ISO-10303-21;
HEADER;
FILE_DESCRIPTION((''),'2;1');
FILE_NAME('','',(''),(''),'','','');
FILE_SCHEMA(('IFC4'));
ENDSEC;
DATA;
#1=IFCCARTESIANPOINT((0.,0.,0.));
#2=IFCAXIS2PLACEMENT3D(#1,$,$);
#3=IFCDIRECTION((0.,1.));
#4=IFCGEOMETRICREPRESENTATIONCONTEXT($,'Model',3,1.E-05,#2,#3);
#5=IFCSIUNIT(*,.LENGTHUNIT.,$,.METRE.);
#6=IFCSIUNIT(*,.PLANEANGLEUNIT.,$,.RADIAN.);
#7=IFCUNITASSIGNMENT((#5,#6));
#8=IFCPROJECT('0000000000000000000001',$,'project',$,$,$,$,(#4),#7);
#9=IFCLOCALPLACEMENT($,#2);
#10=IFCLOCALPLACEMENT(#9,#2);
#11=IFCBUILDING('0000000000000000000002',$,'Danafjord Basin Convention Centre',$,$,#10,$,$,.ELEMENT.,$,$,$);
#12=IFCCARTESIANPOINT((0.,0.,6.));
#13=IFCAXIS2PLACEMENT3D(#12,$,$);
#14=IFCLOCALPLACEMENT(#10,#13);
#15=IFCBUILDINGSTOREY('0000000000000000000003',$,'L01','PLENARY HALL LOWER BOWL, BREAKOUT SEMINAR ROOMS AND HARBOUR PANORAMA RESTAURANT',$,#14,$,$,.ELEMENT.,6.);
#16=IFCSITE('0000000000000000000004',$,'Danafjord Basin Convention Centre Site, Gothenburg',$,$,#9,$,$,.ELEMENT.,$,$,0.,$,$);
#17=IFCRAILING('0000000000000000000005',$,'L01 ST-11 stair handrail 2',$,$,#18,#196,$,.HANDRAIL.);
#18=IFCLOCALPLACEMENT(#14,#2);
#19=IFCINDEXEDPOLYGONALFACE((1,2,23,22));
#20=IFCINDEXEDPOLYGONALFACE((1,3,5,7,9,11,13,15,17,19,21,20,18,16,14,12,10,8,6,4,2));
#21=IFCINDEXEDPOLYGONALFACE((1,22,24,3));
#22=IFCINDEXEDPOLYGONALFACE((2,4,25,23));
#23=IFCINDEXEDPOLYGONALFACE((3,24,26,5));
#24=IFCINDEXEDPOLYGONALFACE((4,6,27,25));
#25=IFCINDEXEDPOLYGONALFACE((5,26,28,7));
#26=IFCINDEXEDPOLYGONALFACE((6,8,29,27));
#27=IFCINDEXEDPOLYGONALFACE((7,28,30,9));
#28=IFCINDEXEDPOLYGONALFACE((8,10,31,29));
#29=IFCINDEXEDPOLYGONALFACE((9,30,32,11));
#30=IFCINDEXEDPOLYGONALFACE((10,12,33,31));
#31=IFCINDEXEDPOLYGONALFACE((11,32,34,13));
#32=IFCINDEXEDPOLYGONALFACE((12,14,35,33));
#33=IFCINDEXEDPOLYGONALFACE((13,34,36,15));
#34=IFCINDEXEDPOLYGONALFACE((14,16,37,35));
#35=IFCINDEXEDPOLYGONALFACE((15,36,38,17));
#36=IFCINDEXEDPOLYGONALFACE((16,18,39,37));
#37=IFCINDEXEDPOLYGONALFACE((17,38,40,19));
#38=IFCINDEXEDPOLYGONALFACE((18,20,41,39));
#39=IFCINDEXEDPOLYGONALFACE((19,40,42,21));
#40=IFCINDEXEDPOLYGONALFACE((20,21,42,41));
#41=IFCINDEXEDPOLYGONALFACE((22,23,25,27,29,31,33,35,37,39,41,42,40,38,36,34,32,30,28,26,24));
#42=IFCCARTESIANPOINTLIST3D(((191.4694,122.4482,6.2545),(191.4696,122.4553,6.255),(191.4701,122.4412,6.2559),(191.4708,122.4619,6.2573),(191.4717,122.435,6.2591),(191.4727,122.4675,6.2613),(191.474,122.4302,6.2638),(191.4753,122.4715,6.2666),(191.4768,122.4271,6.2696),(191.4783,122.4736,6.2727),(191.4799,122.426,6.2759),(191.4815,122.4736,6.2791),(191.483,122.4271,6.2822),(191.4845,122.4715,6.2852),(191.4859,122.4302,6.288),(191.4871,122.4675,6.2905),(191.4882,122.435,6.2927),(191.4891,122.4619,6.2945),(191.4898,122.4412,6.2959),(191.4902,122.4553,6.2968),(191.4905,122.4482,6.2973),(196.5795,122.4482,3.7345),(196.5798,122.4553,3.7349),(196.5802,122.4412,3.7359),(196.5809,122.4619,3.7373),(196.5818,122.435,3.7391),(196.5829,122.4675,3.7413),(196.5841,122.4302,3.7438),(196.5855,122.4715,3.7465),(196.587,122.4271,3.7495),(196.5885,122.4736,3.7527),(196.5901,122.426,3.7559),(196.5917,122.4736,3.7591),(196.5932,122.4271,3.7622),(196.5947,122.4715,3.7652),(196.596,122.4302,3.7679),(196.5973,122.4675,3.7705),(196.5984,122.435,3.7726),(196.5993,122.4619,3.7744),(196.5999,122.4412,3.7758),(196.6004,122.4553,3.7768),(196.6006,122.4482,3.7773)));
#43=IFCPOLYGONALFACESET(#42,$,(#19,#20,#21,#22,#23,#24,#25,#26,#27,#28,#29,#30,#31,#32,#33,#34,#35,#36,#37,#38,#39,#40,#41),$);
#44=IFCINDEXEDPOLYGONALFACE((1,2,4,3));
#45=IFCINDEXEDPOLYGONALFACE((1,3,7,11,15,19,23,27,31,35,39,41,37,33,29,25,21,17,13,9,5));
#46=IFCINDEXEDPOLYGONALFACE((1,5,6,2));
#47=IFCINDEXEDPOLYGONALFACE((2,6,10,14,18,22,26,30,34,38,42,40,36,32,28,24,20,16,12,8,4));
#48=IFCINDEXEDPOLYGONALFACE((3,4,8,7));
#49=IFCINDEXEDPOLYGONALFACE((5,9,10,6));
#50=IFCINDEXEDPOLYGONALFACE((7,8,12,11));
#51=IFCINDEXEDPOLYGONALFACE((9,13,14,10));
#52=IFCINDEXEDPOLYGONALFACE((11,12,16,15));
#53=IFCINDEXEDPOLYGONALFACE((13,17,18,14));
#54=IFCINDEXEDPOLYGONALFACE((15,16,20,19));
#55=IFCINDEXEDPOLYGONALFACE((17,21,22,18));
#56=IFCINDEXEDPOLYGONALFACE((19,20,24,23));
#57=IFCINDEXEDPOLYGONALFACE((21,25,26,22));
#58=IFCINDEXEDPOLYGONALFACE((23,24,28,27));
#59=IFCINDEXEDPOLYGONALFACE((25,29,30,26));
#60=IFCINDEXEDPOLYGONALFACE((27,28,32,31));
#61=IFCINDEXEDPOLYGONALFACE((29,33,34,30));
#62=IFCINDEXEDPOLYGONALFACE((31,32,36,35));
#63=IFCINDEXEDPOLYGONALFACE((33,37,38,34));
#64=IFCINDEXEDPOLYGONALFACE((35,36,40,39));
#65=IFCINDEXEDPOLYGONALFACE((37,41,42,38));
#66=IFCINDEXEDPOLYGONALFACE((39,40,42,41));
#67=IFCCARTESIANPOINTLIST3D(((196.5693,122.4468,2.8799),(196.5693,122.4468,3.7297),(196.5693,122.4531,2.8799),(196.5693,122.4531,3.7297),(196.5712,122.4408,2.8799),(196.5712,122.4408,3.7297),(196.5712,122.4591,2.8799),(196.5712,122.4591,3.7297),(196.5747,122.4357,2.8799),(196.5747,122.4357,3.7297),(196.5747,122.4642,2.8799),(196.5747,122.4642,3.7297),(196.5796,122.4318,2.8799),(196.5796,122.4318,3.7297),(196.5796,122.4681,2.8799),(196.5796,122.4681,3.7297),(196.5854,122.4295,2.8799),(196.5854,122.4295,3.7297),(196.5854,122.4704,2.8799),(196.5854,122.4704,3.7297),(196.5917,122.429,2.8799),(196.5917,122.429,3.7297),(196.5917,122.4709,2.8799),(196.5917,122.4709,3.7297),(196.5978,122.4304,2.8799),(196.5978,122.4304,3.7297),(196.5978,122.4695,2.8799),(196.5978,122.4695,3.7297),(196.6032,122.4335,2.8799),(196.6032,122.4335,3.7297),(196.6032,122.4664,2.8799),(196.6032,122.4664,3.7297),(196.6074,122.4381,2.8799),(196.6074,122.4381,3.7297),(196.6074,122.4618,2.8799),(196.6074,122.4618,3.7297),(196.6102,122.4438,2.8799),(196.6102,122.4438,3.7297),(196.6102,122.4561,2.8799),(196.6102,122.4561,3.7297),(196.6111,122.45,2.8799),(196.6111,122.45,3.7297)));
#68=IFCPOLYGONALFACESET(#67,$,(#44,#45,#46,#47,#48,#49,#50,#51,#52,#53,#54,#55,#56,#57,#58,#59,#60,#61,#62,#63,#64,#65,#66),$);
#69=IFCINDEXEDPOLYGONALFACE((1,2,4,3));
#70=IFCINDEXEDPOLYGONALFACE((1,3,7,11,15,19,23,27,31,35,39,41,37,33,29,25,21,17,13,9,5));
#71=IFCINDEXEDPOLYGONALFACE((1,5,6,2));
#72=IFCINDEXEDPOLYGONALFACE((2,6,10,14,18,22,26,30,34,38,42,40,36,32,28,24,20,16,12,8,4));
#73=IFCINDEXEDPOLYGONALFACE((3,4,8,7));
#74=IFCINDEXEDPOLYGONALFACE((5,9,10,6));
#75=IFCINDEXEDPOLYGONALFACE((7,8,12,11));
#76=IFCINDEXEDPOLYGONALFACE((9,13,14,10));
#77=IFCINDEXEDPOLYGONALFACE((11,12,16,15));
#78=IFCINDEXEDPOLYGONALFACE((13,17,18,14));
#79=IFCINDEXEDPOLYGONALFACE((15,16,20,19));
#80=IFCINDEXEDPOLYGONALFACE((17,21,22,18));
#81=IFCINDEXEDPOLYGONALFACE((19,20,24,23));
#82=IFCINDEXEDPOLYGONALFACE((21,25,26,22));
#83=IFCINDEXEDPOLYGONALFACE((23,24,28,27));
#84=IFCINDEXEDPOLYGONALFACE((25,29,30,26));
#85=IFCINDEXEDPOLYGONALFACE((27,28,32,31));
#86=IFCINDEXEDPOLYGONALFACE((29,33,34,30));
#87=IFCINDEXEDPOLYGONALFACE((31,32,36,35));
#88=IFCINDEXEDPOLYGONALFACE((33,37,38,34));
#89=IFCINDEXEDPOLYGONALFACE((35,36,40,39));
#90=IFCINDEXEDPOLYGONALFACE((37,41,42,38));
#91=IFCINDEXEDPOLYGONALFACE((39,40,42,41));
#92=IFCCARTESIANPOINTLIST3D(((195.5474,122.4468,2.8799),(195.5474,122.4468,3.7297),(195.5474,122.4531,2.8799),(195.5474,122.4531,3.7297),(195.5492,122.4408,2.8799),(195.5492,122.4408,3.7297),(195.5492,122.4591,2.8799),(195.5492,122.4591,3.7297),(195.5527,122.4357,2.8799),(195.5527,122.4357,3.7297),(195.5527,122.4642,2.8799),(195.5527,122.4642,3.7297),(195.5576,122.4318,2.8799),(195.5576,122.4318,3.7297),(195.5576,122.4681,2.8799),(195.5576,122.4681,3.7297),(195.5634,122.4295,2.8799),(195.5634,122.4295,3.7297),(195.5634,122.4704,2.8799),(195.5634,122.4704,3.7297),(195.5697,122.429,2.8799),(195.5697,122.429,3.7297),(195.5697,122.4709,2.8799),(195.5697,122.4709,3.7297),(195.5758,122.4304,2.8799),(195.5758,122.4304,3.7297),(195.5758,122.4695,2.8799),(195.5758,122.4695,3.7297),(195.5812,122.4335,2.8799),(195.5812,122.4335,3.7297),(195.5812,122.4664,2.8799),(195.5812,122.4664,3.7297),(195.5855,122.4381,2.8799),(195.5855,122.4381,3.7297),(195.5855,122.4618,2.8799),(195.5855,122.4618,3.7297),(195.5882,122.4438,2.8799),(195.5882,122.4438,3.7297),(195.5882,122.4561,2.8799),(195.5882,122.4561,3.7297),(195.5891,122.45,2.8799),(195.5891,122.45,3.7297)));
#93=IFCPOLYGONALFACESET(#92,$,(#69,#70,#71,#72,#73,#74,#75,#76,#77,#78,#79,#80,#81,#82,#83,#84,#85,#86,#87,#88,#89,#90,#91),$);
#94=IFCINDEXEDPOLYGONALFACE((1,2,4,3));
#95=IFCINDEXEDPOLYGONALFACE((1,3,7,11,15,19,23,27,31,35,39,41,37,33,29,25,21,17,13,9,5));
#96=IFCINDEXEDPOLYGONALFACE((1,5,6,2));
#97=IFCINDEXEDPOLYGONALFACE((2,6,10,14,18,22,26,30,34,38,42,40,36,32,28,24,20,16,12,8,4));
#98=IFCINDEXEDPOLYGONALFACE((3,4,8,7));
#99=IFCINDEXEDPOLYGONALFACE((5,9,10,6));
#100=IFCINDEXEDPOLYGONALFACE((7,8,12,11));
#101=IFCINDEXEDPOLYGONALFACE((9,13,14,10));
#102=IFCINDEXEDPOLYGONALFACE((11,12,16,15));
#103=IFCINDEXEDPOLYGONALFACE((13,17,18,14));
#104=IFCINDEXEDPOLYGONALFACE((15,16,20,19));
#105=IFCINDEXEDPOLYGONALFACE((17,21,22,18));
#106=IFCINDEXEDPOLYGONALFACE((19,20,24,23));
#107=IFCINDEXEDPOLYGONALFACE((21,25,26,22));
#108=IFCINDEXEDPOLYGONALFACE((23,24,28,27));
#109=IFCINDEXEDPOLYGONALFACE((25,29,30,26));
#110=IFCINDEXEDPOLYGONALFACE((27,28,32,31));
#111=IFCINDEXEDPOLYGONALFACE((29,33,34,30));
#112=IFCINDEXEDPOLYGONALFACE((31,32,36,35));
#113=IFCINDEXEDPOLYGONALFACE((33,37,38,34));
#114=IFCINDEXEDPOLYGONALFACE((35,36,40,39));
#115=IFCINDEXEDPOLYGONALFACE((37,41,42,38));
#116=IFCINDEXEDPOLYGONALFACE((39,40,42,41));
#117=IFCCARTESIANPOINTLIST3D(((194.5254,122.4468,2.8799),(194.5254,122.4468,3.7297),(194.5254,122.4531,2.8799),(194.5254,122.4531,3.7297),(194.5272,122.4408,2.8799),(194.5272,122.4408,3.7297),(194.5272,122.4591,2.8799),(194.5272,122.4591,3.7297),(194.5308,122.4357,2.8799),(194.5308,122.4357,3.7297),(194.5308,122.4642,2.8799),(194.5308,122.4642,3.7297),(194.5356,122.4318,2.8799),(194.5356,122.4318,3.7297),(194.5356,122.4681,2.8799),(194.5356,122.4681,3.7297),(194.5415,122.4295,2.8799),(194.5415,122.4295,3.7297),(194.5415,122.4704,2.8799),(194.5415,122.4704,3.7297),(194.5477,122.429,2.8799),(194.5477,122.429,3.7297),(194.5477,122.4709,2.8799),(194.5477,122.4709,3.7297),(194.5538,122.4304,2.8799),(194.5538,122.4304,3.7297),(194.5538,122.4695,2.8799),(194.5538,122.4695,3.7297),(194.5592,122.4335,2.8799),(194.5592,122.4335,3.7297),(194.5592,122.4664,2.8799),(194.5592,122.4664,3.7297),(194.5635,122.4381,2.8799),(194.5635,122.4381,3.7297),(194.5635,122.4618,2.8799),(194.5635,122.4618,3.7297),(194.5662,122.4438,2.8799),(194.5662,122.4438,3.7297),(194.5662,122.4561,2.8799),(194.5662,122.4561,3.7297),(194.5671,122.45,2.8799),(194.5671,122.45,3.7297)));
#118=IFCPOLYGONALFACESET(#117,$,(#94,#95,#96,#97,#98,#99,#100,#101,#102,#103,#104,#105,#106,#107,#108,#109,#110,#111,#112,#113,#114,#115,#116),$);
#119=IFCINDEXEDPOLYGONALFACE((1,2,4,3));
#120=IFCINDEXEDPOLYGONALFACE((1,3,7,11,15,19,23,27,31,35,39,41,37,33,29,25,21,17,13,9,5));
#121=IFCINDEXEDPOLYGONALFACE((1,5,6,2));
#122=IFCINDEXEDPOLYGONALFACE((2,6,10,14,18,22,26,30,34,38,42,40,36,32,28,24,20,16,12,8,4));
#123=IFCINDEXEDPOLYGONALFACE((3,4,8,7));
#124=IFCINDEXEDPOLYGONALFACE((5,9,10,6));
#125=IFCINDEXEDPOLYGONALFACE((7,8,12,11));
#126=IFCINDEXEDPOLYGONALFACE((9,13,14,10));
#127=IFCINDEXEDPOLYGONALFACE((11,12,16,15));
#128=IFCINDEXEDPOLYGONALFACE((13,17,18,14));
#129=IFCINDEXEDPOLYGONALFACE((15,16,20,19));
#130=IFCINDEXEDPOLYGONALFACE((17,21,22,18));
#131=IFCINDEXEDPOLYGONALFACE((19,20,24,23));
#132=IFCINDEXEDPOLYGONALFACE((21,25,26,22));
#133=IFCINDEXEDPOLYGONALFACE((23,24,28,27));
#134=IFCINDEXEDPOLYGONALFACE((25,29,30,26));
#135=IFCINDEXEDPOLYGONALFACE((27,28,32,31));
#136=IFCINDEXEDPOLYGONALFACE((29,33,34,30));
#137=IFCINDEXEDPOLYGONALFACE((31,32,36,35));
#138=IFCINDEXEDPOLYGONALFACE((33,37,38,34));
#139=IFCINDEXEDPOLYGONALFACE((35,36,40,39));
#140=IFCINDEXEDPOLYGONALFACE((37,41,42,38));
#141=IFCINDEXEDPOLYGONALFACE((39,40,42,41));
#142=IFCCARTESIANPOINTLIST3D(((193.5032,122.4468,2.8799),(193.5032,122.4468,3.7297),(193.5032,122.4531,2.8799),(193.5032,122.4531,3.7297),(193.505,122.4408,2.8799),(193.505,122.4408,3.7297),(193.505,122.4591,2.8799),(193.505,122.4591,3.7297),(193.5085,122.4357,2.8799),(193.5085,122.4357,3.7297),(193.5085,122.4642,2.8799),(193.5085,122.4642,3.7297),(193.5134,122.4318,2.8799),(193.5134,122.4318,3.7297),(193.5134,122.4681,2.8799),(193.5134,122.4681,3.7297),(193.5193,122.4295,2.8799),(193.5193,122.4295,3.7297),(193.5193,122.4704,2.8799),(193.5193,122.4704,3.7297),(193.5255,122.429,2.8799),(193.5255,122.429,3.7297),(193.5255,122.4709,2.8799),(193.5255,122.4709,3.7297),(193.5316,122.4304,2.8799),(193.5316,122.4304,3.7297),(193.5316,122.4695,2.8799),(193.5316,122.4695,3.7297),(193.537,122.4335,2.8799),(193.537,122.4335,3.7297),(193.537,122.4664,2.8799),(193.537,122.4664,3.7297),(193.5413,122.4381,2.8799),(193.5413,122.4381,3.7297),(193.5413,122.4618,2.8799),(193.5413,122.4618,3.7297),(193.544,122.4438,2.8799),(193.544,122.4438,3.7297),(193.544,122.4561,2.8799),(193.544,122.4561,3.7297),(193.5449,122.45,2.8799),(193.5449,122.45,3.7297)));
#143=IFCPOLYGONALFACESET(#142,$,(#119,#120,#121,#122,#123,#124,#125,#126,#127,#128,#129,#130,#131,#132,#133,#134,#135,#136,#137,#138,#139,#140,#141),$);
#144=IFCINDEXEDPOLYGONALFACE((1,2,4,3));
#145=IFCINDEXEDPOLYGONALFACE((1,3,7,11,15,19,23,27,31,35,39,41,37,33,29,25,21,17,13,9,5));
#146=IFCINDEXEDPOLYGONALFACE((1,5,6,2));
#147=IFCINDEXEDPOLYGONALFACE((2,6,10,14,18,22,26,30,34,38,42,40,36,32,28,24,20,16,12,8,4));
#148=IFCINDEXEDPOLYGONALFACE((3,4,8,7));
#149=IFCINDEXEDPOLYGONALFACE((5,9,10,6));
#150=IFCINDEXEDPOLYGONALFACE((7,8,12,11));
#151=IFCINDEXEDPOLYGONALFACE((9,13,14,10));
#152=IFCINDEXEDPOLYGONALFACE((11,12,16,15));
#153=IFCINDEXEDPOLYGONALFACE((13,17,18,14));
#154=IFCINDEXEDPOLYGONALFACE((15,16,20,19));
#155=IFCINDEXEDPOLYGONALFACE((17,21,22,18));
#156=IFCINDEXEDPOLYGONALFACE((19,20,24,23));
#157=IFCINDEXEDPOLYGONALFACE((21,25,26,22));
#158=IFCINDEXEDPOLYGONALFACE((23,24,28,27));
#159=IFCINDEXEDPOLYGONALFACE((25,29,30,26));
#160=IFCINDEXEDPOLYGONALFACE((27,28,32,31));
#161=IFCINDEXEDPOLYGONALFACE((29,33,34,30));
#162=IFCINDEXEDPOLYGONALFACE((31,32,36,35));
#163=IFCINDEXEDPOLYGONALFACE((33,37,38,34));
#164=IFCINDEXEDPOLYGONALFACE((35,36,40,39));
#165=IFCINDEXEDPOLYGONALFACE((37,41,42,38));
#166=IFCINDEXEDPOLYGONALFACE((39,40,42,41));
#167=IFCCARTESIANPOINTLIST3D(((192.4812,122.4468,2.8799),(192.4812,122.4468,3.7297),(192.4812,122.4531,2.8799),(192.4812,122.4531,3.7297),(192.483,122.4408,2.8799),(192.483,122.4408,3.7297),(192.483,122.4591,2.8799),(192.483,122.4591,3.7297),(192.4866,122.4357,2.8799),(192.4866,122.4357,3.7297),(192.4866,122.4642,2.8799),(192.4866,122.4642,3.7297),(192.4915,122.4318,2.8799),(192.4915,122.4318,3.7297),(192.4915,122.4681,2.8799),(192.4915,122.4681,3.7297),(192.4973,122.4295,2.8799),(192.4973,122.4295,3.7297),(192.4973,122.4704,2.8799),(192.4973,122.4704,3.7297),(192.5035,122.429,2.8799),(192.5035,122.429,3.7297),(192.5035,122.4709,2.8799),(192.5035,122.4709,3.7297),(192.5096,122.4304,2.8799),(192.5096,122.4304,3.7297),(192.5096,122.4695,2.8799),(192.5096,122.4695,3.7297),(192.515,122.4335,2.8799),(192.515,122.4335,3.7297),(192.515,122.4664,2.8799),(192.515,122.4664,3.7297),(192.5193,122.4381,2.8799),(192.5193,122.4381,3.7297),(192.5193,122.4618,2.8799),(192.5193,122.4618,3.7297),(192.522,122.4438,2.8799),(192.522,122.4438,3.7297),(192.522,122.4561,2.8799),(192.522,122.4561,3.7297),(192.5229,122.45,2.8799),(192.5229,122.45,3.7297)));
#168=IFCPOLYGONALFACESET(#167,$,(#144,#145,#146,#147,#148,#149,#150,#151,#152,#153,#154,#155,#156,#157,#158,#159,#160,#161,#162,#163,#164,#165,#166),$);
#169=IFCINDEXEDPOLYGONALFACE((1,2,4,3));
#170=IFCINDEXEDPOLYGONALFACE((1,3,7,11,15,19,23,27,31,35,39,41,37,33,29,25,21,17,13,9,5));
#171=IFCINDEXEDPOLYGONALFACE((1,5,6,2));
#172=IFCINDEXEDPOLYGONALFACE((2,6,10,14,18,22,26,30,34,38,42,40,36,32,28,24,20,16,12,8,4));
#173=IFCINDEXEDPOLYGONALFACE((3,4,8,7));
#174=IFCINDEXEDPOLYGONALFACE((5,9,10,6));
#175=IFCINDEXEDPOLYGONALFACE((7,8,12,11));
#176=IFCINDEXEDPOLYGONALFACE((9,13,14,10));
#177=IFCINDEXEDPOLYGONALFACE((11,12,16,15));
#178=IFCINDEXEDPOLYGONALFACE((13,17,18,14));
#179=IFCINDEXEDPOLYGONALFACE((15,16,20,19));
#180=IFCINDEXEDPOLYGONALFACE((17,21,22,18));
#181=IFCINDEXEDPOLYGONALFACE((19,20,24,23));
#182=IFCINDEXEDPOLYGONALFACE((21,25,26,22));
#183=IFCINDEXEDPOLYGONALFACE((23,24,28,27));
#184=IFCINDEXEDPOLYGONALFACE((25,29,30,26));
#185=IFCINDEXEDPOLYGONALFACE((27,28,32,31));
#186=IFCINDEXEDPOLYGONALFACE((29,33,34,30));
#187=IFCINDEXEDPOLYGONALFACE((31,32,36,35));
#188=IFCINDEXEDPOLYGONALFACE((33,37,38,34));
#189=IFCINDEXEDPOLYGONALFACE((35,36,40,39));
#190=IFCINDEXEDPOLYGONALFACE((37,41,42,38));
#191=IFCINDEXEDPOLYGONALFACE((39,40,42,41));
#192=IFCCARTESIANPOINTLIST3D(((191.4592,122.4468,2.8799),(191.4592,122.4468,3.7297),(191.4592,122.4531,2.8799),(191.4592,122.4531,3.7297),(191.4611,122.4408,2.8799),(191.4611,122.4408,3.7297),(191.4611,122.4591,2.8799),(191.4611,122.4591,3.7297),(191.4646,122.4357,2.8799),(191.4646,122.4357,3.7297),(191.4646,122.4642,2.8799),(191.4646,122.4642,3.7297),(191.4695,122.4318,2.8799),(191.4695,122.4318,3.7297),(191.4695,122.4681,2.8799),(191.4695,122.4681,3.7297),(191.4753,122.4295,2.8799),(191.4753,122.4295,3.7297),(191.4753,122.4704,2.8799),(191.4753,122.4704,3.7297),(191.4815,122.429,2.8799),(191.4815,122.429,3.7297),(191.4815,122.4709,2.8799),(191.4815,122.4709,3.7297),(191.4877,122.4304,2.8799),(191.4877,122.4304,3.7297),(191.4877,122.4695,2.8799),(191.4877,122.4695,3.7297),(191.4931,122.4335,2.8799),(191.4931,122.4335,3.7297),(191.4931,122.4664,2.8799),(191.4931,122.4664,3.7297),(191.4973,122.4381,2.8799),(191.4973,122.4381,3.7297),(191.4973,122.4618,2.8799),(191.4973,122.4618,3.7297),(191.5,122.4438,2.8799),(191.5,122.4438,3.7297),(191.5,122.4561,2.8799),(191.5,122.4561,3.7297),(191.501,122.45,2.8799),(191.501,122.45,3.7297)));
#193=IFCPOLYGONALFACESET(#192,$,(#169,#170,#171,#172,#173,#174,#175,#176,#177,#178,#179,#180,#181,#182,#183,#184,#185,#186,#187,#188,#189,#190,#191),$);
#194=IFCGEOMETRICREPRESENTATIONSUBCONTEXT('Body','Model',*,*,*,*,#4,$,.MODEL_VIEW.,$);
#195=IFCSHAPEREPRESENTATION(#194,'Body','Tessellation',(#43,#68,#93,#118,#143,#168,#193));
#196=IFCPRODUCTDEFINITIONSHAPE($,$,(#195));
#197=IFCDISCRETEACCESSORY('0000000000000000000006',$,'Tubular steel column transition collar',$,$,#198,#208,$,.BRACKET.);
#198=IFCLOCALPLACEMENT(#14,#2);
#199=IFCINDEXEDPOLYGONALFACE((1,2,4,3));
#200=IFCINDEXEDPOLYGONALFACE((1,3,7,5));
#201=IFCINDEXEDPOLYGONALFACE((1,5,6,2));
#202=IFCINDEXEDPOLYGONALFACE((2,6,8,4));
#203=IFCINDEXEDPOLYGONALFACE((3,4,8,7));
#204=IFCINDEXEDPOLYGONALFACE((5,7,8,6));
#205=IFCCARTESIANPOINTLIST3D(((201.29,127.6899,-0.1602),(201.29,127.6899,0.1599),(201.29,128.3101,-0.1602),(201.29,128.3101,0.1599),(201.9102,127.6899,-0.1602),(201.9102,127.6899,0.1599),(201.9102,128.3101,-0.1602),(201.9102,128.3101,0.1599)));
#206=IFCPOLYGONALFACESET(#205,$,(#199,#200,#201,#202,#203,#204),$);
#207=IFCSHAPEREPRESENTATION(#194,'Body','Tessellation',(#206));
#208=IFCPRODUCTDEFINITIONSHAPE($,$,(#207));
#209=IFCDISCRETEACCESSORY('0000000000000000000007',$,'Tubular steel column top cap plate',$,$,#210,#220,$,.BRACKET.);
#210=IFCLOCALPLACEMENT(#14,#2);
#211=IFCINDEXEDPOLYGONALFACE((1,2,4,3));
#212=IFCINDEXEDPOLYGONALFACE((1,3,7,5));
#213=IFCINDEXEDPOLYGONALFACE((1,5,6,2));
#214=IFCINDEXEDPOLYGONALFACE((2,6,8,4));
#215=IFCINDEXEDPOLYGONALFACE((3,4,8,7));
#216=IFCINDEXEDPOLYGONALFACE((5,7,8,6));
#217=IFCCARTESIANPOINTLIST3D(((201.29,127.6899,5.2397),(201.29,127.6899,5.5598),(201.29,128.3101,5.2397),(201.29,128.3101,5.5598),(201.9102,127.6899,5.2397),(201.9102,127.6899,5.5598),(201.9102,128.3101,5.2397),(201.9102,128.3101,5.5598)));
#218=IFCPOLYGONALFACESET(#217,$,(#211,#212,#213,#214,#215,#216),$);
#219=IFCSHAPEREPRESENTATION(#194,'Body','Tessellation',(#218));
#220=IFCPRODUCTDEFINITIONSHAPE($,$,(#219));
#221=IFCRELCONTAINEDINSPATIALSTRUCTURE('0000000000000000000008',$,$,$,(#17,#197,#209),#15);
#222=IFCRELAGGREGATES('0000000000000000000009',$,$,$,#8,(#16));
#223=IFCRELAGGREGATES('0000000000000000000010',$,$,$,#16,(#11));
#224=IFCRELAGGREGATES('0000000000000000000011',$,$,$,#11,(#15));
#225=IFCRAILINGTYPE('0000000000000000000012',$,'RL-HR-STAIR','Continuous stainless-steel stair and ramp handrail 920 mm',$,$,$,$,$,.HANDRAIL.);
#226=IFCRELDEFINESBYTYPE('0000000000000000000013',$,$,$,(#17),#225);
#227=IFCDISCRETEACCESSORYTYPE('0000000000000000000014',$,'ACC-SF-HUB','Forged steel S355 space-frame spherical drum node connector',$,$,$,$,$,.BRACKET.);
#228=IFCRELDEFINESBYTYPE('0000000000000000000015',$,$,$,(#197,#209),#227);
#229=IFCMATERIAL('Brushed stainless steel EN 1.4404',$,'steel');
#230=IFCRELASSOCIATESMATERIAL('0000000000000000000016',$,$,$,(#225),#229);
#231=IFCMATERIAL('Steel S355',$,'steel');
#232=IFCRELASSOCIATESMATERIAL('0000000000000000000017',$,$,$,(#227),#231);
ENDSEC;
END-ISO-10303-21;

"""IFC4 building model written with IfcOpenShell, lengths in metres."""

from ifc_helpers import new_model, si_unit, direction, frame, origin, origin_2d, place, context, subcontext, project, spatial, rectangle, circle, extrude, material, type_object, element, save


model = new_model("IFC4")

# Units and contexts
model_context = context("Model", 3, precision=1e-05, world=origin(), true_north=direction((0.0, 1.0)))
body_context = subcontext(model_context, "Body", "Model", "MODEL_VIEW")
ifc_project = project(units=[si_unit("LENGTHUNIT", "METRE"), si_unit("PLANEANGLEUNIT", "RADIAN")], contexts=[model_context])

# Site, building, storey
site_placement = place(None, origin())
site = spatial("IfcSite", under=ifc_project, at=site_placement, Name="Danafjord Basin Convention Centre Site, Gothenburg", CompositionType="ELEMENT", RefElevation=0.0)
building_placement = place(site_placement, origin())
building = spatial("IfcBuilding", under=site, at=building_placement, Name="Danafjord Basin Convention Centre", CompositionType="ELEMENT")
storey_placement = place(building_placement, frame((0.0, 0.0, 6.0)))
storey = spatial("IfcBuildingStorey", under=building, at=storey_placement, Name="L01", Description="PLENARY HALL LOWER BOWL, BREAKOUT SEMINAR ROOMS AND HARBOUR PANORAMA RESTAURANT", CompositionType="ELEMENT", Elevation=6.0)

# Shared definitions
ifc_material_1 = material(Name="Steel S355", Category="steel")

# Railing
ifc_material_2 = material(Name="Brushed stainless steel EN 1.4404", Category="steel")
railing_type_1 = type_object("IfcRailingType", Name="RL-HR-STAIR", Description="Continuous stainless-steel stair and ramp handrail 920 mm", PredefinedType="HANDRAIL", material=ifc_material_2)
railing_1_placement = place(storey_placement, frame((196.5901, 122.45, 2.8799)))
element("IfcRailing", 1, at=railing_1_placement, inside=storey, type_object=railing_type_1, Name="L01 ST-11 stair handrail 2", PredefinedType="HANDRAIL", context=body_context, shape_type="SweptSolid", body=[
    extrude(circle(Radius=0.0239, at=origin_2d()), frame((0.0, 0.0, 0.876), z_axis=(-0.896873, 0.0, 0.442288), x_axis=(0.0, -1.0, 0.0)), (0.0, 0.0, 1.0), 5.6978),
    extrude(circle(Radius=0.021, at=origin_2d()), origin(), (0.0, 0.0, 1.0), 0.8499),
    extrude(circle(Radius=0.021, at=origin_2d()), frame((-1.022, 0.0, 0.0)), (0.0, 0.0, 1.0), 0.8499),
    extrude(circle(Radius=0.021, at=origin_2d()), frame((-2.0439, 0.0, 0.0)), (0.0, 0.0, 1.0), 0.8499),
    extrude(circle(Radius=0.021, at=origin_2d()), frame((-3.0662, 0.0, 0.0)), (0.0, 0.0, 1.0), 0.8499),
    extrude(circle(Radius=0.021, at=origin_2d()), frame((-4.0881, 0.0, 0.0)), (0.0, 0.0, 1.0), 0.8499),
    extrude(circle(Radius=0.021, at=origin_2d()), frame((-5.1101, 0.0, 0.0)), (0.0, 0.0, 1.0), 0.8499),
])

# Discrete accessories
discrete_accessory_type = type_object("IfcDiscreteAccessoryType", Name="ACC-SF-HUB", Description="Forged steel S355 space-frame spherical drum node connector", PredefinedType="BRACKET", material=ifc_material_1)
for number, where, z_axis, x_axis, name in (
    (2, (201.6001, 128.0, -0.1602), (0.0, 0.0, 1.0), (1.0, 0.0, 0.0), "Tubular steel column transition collar"),
    (3, (201.6001, 128.0, 5.2397), (0.0, 0.0, 1.0), (1.0, 0.0, 0.0), "Tubular steel column top cap plate"),
):
    element("IfcDiscreteAccessory", number, at=place(storey_placement, frame(where, z_axis=z_axis, x_axis=x_axis)), inside=storey, type_object=discrete_accessory_type, Name=name, PredefinedType="BRACKET", context=body_context, shape_type="SweptSolid", body=[
        extrude(rectangle(XDim=0.6201, YDim=0.6201, at=origin_2d()), origin(), (0.0, 0.0, 1.0), 0.3201),
    ])

save(model, "model.ifc")
